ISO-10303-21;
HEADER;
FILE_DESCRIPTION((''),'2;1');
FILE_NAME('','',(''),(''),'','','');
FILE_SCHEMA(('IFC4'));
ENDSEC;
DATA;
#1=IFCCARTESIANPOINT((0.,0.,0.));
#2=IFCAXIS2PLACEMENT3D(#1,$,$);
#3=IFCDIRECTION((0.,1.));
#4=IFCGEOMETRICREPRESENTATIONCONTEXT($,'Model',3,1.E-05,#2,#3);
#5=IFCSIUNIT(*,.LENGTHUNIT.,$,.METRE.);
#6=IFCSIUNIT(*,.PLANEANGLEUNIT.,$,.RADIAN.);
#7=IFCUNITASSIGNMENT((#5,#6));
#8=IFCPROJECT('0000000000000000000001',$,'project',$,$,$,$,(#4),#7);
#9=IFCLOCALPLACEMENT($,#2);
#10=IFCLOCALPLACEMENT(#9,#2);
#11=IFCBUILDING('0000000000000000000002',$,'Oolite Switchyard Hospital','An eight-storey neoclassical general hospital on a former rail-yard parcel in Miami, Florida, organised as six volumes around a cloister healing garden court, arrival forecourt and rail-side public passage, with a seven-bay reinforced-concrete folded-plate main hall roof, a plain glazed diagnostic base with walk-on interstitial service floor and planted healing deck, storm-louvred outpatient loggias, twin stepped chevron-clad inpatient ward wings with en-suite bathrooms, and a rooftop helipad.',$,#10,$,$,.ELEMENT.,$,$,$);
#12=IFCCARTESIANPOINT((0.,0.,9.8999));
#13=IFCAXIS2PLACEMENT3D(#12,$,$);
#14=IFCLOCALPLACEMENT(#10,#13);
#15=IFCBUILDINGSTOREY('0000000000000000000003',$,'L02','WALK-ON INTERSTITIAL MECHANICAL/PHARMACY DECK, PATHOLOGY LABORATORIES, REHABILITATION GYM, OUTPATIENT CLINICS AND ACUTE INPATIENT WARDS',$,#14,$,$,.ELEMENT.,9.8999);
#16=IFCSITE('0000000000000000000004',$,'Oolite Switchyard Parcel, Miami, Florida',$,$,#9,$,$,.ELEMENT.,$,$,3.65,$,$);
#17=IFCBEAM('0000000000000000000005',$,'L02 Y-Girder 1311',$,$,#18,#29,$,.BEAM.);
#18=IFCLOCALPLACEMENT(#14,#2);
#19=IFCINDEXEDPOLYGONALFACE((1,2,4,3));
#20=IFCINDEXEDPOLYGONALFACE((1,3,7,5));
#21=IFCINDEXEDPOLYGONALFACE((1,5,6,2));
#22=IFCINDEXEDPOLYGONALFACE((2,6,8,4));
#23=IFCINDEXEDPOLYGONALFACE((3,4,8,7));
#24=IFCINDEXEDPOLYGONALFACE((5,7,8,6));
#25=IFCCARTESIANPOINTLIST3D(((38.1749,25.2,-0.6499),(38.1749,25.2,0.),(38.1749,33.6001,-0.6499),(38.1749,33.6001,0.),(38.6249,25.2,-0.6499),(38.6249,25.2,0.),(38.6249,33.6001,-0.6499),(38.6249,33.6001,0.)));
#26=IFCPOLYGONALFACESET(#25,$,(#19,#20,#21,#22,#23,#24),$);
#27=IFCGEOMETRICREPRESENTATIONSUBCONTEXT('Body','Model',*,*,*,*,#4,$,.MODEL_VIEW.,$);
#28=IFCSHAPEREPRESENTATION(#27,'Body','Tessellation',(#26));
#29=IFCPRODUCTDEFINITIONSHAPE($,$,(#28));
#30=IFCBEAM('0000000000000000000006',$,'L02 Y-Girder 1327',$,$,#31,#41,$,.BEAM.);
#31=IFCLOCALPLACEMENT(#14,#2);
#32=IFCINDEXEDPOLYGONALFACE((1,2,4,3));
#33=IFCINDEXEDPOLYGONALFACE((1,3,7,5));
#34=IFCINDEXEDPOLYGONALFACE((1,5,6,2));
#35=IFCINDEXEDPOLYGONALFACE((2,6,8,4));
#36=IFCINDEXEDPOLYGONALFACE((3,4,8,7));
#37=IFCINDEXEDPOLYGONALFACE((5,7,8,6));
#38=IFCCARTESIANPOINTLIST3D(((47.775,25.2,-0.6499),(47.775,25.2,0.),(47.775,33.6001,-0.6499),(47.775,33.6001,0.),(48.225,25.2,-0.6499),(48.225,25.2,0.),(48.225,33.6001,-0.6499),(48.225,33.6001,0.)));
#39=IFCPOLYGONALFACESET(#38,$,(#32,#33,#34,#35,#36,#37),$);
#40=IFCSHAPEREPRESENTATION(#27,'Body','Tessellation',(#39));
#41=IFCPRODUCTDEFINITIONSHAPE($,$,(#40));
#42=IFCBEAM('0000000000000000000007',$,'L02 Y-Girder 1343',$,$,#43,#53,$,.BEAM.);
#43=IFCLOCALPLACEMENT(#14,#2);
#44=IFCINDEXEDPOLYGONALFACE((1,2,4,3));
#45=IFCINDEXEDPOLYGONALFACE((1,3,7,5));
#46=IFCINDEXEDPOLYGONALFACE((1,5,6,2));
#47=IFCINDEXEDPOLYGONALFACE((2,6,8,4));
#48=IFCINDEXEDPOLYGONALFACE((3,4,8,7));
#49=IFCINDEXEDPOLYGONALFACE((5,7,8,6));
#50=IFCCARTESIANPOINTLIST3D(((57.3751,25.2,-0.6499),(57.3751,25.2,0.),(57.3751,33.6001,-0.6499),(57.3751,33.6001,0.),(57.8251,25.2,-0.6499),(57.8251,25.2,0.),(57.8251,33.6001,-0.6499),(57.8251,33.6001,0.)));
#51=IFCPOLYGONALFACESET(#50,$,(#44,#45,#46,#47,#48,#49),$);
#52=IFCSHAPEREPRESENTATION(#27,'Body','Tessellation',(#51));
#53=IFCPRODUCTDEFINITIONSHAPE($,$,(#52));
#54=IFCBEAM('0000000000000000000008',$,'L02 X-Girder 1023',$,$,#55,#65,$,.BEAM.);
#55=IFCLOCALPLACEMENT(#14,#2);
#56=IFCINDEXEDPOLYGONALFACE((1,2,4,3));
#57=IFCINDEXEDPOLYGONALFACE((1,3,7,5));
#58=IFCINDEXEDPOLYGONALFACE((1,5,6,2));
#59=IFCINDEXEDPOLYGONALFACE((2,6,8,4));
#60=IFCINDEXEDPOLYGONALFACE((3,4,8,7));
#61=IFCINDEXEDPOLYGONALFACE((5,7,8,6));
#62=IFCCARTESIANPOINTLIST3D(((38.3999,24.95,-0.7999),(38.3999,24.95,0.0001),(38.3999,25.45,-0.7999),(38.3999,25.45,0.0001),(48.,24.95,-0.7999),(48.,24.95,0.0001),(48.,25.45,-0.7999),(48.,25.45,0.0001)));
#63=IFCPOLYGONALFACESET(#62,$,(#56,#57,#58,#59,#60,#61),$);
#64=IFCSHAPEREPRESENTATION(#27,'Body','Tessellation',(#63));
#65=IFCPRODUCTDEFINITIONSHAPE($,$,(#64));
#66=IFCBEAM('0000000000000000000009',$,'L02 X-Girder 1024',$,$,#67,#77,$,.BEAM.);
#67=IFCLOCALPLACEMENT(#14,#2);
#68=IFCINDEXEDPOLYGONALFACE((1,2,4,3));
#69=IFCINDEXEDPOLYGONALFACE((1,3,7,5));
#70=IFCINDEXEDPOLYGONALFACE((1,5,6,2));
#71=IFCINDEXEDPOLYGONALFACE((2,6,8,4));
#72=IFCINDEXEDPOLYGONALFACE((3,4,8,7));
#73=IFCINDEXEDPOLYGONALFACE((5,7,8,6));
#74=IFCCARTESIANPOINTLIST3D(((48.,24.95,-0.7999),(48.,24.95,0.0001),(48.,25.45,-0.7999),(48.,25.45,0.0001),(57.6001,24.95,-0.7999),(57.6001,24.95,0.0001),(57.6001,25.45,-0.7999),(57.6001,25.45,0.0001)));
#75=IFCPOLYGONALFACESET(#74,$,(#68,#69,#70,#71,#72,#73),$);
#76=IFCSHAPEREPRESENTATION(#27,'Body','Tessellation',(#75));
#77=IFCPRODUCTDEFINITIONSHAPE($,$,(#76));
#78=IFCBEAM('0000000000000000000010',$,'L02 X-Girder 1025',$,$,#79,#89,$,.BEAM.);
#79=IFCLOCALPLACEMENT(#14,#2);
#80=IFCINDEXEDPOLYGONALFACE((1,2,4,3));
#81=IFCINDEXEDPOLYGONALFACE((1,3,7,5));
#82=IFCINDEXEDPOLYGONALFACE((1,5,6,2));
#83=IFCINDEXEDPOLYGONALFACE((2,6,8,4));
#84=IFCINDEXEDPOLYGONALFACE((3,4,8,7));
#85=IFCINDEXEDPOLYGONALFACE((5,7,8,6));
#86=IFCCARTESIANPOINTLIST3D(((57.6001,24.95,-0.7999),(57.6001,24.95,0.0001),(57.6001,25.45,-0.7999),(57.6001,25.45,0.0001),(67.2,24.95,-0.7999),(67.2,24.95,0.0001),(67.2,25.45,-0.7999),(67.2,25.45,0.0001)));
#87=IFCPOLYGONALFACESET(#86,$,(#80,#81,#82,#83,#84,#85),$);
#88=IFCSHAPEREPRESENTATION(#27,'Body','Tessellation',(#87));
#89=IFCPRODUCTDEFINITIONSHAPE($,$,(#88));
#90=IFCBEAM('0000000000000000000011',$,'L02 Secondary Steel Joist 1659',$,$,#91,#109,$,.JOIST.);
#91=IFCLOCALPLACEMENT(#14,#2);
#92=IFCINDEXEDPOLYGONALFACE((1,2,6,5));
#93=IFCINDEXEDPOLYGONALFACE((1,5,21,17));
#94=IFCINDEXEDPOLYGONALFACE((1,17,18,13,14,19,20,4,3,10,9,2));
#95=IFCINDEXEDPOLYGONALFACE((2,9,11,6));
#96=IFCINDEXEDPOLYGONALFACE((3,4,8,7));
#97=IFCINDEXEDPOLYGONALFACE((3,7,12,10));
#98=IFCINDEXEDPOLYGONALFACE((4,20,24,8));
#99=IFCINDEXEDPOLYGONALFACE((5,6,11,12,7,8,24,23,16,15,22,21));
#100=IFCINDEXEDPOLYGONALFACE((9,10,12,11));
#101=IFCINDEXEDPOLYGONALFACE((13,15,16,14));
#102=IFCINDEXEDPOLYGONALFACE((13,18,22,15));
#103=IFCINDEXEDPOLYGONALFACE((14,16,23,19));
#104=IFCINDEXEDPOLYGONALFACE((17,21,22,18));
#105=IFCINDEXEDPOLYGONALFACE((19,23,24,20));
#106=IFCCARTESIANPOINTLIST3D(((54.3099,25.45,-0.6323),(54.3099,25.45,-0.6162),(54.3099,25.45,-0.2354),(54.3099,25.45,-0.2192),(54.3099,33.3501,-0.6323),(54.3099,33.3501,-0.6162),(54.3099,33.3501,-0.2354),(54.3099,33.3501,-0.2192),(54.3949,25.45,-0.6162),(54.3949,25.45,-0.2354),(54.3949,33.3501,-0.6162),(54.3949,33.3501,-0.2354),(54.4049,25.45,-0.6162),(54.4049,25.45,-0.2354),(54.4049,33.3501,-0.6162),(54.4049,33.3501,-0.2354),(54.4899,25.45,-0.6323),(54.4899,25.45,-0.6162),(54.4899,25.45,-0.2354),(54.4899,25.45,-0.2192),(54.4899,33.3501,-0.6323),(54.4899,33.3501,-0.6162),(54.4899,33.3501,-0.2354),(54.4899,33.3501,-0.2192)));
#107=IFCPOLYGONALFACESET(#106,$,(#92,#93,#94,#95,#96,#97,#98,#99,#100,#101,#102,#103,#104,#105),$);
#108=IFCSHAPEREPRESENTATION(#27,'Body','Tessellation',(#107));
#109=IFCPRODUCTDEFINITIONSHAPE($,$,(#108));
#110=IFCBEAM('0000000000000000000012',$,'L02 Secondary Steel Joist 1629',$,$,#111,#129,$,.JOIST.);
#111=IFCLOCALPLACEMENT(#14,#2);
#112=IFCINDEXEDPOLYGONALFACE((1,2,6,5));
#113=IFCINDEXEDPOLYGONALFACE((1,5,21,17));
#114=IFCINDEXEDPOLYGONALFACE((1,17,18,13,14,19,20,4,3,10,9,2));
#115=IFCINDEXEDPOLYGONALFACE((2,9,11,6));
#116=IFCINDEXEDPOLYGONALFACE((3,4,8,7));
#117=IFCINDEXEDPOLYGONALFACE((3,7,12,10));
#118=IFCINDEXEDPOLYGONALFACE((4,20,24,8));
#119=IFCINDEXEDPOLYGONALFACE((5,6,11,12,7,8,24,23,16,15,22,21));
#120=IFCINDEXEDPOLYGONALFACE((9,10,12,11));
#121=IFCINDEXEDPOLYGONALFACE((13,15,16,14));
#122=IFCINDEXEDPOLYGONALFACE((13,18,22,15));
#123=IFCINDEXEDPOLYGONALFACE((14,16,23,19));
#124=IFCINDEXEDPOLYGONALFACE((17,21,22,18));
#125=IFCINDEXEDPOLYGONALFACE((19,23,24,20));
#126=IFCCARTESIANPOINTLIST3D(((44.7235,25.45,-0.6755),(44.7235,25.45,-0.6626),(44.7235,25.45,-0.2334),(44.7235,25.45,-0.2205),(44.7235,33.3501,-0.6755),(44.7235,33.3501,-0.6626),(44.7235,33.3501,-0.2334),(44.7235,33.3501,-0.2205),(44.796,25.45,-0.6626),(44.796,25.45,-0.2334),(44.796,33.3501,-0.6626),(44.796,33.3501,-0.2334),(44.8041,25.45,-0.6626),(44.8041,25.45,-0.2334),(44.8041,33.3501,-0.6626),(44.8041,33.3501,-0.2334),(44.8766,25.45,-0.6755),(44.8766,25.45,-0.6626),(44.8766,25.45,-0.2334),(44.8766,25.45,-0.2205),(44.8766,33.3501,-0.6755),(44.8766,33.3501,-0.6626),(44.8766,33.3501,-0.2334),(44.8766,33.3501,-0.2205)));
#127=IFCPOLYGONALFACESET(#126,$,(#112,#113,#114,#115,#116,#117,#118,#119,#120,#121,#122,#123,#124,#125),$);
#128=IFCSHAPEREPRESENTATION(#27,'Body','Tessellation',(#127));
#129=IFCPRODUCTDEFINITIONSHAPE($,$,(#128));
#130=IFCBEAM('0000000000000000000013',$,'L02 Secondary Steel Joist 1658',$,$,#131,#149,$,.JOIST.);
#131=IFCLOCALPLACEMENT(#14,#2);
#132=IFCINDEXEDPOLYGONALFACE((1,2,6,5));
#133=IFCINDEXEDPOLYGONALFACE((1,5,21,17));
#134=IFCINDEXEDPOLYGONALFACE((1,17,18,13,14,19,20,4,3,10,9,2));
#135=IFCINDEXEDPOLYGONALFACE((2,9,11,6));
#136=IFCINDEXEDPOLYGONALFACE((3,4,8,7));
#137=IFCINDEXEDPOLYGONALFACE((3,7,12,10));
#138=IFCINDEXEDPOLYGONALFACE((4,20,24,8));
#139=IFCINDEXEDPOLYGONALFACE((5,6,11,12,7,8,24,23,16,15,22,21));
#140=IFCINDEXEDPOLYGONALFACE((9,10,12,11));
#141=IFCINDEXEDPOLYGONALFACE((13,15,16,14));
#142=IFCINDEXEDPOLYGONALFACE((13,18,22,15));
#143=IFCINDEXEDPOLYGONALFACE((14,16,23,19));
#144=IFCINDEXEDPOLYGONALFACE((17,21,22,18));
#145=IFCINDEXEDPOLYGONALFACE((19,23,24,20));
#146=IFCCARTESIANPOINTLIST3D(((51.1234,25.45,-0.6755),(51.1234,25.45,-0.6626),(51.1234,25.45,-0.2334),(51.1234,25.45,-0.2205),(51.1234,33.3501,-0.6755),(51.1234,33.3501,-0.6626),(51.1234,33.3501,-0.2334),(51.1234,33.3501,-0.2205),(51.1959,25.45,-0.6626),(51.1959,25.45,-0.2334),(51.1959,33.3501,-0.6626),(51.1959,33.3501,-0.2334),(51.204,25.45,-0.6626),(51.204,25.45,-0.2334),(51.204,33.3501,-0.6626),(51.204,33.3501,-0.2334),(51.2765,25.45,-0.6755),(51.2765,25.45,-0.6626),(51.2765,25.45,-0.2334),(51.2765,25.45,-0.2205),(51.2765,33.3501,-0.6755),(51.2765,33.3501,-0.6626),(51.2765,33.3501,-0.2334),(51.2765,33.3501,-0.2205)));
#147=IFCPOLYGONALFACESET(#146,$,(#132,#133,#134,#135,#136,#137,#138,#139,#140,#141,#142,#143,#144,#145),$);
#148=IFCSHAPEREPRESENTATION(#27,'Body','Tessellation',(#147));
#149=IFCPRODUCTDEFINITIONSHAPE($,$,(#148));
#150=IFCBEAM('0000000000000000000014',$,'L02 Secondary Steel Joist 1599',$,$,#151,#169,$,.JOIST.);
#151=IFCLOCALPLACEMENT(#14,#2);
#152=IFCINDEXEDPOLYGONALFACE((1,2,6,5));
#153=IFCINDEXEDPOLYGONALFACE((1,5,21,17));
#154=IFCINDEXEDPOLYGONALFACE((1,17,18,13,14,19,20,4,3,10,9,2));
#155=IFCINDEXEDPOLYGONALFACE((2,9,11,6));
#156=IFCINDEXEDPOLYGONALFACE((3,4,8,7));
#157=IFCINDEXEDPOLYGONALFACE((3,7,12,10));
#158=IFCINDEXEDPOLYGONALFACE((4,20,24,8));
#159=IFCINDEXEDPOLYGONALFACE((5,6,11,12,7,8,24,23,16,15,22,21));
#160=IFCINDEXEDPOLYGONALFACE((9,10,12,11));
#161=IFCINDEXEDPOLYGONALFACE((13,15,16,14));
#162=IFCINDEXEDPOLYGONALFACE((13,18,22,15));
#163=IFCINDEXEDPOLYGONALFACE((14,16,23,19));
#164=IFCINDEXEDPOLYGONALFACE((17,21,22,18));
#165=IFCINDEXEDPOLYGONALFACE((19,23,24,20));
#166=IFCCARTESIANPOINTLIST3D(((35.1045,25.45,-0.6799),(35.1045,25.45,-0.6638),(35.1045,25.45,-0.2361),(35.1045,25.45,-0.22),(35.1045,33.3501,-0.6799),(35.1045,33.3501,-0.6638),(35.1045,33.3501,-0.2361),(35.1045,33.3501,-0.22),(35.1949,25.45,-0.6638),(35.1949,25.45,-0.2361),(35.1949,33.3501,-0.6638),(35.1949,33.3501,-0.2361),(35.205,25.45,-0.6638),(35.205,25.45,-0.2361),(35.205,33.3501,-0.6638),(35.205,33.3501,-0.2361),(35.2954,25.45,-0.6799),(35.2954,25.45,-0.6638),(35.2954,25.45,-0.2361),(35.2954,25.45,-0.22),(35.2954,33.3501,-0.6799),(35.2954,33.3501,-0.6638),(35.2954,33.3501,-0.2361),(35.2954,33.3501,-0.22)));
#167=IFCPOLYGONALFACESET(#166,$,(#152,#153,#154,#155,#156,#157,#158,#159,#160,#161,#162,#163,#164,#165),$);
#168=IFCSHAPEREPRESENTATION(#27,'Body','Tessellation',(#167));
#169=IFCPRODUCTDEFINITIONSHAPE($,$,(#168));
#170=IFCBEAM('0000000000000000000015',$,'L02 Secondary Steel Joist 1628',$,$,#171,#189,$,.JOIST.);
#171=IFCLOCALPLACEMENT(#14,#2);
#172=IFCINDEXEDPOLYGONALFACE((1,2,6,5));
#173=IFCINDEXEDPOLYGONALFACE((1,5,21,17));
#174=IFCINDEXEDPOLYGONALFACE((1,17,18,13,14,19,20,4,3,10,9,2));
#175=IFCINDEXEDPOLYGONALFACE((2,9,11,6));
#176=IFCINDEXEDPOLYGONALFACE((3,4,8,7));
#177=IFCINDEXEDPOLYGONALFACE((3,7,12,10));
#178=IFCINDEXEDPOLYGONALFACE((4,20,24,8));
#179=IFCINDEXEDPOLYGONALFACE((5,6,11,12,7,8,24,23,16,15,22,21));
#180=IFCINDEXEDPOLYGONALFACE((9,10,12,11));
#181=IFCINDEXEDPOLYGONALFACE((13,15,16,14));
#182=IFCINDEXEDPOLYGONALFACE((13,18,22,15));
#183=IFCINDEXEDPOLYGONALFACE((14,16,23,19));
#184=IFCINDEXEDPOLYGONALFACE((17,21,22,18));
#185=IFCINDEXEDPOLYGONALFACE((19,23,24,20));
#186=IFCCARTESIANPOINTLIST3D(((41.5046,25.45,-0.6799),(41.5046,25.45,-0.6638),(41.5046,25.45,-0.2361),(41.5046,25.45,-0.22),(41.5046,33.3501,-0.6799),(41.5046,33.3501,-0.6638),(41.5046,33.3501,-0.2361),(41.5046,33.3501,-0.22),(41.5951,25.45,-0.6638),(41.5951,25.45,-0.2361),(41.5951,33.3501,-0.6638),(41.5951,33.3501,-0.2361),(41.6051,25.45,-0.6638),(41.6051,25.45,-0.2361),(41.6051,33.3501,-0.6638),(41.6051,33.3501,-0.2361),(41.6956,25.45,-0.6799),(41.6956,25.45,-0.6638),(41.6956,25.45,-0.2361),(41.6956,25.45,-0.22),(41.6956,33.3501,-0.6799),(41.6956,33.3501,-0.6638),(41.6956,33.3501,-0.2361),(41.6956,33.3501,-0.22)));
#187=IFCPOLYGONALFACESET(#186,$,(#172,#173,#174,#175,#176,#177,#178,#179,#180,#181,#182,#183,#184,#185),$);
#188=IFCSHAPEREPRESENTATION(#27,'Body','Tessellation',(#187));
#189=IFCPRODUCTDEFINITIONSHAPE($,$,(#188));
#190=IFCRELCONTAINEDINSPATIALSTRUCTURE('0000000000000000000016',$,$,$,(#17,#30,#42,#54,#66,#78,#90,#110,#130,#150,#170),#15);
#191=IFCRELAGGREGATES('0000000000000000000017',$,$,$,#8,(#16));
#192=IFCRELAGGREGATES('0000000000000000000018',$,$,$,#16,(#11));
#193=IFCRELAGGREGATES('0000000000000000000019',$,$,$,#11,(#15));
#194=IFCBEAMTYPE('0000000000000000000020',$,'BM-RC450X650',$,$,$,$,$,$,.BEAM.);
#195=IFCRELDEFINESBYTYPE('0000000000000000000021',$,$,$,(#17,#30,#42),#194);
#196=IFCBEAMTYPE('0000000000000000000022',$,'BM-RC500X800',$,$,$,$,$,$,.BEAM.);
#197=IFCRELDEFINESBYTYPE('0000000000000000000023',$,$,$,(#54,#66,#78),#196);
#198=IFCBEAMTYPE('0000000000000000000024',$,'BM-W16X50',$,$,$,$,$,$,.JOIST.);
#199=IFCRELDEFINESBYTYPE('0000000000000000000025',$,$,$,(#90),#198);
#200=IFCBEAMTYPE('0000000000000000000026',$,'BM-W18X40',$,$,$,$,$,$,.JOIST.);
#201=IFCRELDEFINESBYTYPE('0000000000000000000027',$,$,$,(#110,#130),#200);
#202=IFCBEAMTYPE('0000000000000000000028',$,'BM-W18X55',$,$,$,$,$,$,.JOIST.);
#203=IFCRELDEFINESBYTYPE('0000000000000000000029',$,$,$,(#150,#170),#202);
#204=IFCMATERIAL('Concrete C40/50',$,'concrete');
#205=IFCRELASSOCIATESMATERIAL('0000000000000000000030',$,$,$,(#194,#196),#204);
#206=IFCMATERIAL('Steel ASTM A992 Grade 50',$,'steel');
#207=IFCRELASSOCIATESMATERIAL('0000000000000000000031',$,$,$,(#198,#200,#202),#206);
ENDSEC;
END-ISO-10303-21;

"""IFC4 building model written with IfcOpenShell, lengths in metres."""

from ifc_helpers import new_model, si_unit, direction, frame, origin, origin_2d, place, context, subcontext, project, spatial, rectangle, i_section, extrude, material, material_profile, profile_set, type_object, element, save


model = new_model("IFC4")

# Units and contexts
model_context = context("Model", 3, precision=1e-05, world=origin(), true_north=direction((0.0, 1.0)))
body_context = subcontext(model_context, "Body", "Model", "MODEL_VIEW")
ifc_project = project(units=[si_unit("LENGTHUNIT", "METRE"), si_unit("PLANEANGLEUNIT", "RADIAN")], contexts=[model_context])

# Site, building, storey
site_placement = place(None, origin())
site = spatial("IfcSite", under=ifc_project, at=site_placement, Name="Oolite Switchyard Parcel, Miami, Florida", CompositionType="ELEMENT", RefElevation=3.65)
building_placement = place(site_placement, origin())
building = spatial("IfcBuilding", under=site, at=building_placement, Name="Oolite Switchyard Hospital", Description="An eight-storey neoclassical general hospital on a former rail-yard parcel in Miami, Florida, organised as six volumes around a cloister healing garden court, arrival forecourt and rail-side public passage, with a seven-bay reinforced-concrete folded-plate main hall roof, a plain glazed diagnostic base with walk-on interstitial service floor and planted healing deck, storm-louvred outpatient loggias, twin stepped chevron-clad inpatient ward wings with en-suite bathrooms, and a rooftop helipad.", CompositionType="ELEMENT")
storey_placement = place(building_placement, frame((0.0, 0.0, 9.8999)))
storey = spatial("IfcBuildingStorey", under=building, at=storey_placement, Name="L02", Description="WALK-ON INTERSTITIAL MECHANICAL/PHARMACY DECK, PATHOLOGY LABORATORIES, REHABILITATION GYM, OUTPATIENT CLINICS AND ACUTE INPATIENT WARDS", CompositionType="ELEMENT", Elevation=9.8999)

# Beams
ifc_material_1 = material(Name="Concrete C40/50", Category="concrete")
ifc_material_profile_1 = material_profile(ifc_material_1, rectangle(XDim=0.45, YDim=0.6499, at=origin_2d()), Name="RCB450X650")
ifc_profile_set_1 = profile_set([ifc_material_profile_1], Name="Concrete C40/50")
beam_type_1 = type_object("IfcBeamType", Name="BM-RC450X650", PredefinedType="BEAM", material=ifc_profile_set_1)
for number, where, z_axis, x_axis, name in (
    (1, (38.3999, 25.2, -0.325), (0.0, 1.0, 0.0), (-1.0, 0.0, 0.0), "L02 Y-Girder 1311"),
    (2, (48.0, 25.2, -0.325), (0.0, 1.0, 0.0), (-1.0, 0.0, 0.0), "L02 Y-Girder 1327"),
    (3, (57.6001, 25.2, -0.325), (0.0, 1.0, 0.0), (-1.0, 0.0, 0.0), "L02 Y-Girder 1343"),
):
    element("IfcBeam", number, at=place(storey_placement, frame(where, z_axis=z_axis, x_axis=x_axis)), inside=storey, type_object=beam_type_1, Name=name, PredefinedType="BEAM", context=body_context, shape_type="SweptSolid", body=[
        extrude(rectangle(XDim=0.45, YDim=0.6499, at=origin_2d()), origin(), (0.0, 0.0, 1.0), 8.4001),
    ])
ifc_material_profile_2 = material_profile(ifc_material_1, rectangle(XDim=0.5, YDim=0.8, at=origin_2d()), Name="RCB500X800")
ifc_profile_set_2 = profile_set([ifc_material_profile_2], Name="Concrete C40/50")
beam_type_2 = type_object("IfcBeamType", Name="BM-RC500X800", PredefinedType="BEAM", material=ifc_profile_set_2)
for number, where, z_axis, x_axis, name in (
    (4, (38.3999, 25.2, -0.3999), (1.0, 0.0, 0.0), (0.0, 1.0, 0.0), "L02 X-Girder 1023"),
    (5, (48.0, 25.2, -0.3999), (1.0, 0.0, 0.0), (0.0, 1.0, 0.0), "L02 X-Girder 1024"),
):
    element("IfcBeam", number, at=place(storey_placement, frame(where, z_axis=z_axis, x_axis=x_axis)), inside=storey, type_object=beam_type_2, Name=name, PredefinedType="BEAM", context=body_context, shape_type="SweptSolid", body=[
        extrude(rectangle(XDim=0.5, YDim=0.8, at=origin_2d()), origin(), (0.0, 0.0, 1.0), 9.6001),
    ])
beam_1_placement = place(storey_placement, frame((57.6001, 25.2, -0.3999), z_axis=(1.0, 0.0, 0.0), x_axis=(0.0, 1.0, 0.0)))
element("IfcBeam", 6, at=beam_1_placement, inside=storey, type_object=beam_type_2, Name="L02 X-Girder 1025", PredefinedType="BEAM", context=body_context, shape_type="SweptSolid", body=[
    extrude(rectangle(XDim=0.5, YDim=0.8, at=origin_2d()), origin(), (0.0, 0.0, 1.0), 9.5999),
])
ifc_material_2 = material(Name="Steel ASTM A992 Grade 50", Category="steel")
ifc_material_profile_3 = material_profile(ifc_material_2, i_section(OverallWidth=0.1799, OverallDepth=0.4131, WebThickness=0.01, FlangeThickness=0.0161, at=origin_2d()), Name="W16X50")
ifc_profile_set_3 = profile_set([ifc_material_profile_3], Name="Steel ASTM A992 Grade 50")
beam_type_3 = type_object("IfcBeamType", Name="BM-W16X50", PredefinedType="JOIST", material=ifc_profile_set_3)
beam_2_placement = place(storey_placement, frame((54.3999, 25.45, -0.4258), z_axis=(0.0, 1.0, 0.0), x_axis=(-1.0, 0.0, 0.0)))
element("IfcBeam", 7, at=beam_2_placement, inside=storey, type_object=beam_type_3, Name="L02 Secondary Steel Joist 1659", PredefinedType="JOIST", context=body_context, shape_type="SweptSolid", body=[
    extrude(i_section(OverallWidth=0.1799, OverallDepth=0.4131, WebThickness=0.01, FlangeThickness=0.0161, at=origin_2d()), origin(), (0.0, 0.0, 1.0), 7.9001),
])
ifc_material_profile_4 = material_profile(ifc_material_2, i_section(OverallWidth=0.1531, OverallDepth=0.4551, WebThickness=0.0081, FlangeThickness=0.0129, at=origin_2d()), Name="W18X40")
ifc_profile_set_4 = profile_set([ifc_material_profile_4], Name="Steel ASTM A992 Grade 50")
beam_type_4 = type_object("IfcBeamType", Name="BM-W18X40", PredefinedType="JOIST", material=ifc_profile_set_4)
for number, where, z_axis, x_axis, name in (
    (8, (44.8, 25.45, -0.448), (0.0, 1.0, 0.0), (-1.0, 0.0, 0.0), "L02 Secondary Steel Joist 1629"),
    (9, (51.2, 25.45, -0.448), (0.0, 1.0, 0.0), (-1.0, 0.0, 0.0), "L02 Secondary Steel Joist 1658"),
):
    element("IfcBeam", number, at=place(storey_placement, frame(where, z_axis=z_axis, x_axis=x_axis)), inside=storey, type_object=beam_type_4, Name=name, PredefinedType="JOIST", context=body_context, shape_type="SweptSolid", body=[
        extrude(i_section(OverallWidth=0.1531, OverallDepth=0.4551, WebThickness=0.0081, FlangeThickness=0.0129, at=origin_2d()), origin(), (0.0, 0.0, 1.0), 7.9001),
    ])
ifc_material_profile_5 = material_profile(ifc_material_2, i_section(OverallWidth=0.1909, OverallDepth=0.46, WebThickness=0.01, FlangeThickness=0.0161, at=origin_2d()), Name="W18X55")
ifc_profile_set_5 = profile_set([ifc_material_profile_5], Name="Steel ASTM A992 Grade 50")
beam_type_5 = type_object("IfcBeamType", Name="BM-W18X55", PredefinedType="JOIST", material=ifc_profile_set_5)
for number, where, z_axis, x_axis, name in (
    (10, (35.2, 25.45, -0.45), (0.0, 1.0, 0.0), (-1.0, 0.0, 0.0), "L02 Secondary Steel Joist 1599"),
    (11, (41.6001, 25.45, -0.45), (0.0, 1.0, 0.0), (-1.0, 0.0, 0.0), "L02 Secondary Steel Joist 1628"),
):
    element("IfcBeam", number, at=place(storey_placement, frame(where, z_axis=z_axis, x_axis=x_axis)), inside=storey, type_object=beam_type_5, Name=name, PredefinedType="JOIST", context=body_context, shape_type="SweptSolid", body=[
        extrude(i_section(OverallWidth=0.1909, OverallDepth=0.46, WebThickness=0.01, FlangeThickness=0.0161, at=origin_2d()), origin(), (0.0, 0.0, 1.0), 7.9001),
    ])

save(model, "model.ifc")
